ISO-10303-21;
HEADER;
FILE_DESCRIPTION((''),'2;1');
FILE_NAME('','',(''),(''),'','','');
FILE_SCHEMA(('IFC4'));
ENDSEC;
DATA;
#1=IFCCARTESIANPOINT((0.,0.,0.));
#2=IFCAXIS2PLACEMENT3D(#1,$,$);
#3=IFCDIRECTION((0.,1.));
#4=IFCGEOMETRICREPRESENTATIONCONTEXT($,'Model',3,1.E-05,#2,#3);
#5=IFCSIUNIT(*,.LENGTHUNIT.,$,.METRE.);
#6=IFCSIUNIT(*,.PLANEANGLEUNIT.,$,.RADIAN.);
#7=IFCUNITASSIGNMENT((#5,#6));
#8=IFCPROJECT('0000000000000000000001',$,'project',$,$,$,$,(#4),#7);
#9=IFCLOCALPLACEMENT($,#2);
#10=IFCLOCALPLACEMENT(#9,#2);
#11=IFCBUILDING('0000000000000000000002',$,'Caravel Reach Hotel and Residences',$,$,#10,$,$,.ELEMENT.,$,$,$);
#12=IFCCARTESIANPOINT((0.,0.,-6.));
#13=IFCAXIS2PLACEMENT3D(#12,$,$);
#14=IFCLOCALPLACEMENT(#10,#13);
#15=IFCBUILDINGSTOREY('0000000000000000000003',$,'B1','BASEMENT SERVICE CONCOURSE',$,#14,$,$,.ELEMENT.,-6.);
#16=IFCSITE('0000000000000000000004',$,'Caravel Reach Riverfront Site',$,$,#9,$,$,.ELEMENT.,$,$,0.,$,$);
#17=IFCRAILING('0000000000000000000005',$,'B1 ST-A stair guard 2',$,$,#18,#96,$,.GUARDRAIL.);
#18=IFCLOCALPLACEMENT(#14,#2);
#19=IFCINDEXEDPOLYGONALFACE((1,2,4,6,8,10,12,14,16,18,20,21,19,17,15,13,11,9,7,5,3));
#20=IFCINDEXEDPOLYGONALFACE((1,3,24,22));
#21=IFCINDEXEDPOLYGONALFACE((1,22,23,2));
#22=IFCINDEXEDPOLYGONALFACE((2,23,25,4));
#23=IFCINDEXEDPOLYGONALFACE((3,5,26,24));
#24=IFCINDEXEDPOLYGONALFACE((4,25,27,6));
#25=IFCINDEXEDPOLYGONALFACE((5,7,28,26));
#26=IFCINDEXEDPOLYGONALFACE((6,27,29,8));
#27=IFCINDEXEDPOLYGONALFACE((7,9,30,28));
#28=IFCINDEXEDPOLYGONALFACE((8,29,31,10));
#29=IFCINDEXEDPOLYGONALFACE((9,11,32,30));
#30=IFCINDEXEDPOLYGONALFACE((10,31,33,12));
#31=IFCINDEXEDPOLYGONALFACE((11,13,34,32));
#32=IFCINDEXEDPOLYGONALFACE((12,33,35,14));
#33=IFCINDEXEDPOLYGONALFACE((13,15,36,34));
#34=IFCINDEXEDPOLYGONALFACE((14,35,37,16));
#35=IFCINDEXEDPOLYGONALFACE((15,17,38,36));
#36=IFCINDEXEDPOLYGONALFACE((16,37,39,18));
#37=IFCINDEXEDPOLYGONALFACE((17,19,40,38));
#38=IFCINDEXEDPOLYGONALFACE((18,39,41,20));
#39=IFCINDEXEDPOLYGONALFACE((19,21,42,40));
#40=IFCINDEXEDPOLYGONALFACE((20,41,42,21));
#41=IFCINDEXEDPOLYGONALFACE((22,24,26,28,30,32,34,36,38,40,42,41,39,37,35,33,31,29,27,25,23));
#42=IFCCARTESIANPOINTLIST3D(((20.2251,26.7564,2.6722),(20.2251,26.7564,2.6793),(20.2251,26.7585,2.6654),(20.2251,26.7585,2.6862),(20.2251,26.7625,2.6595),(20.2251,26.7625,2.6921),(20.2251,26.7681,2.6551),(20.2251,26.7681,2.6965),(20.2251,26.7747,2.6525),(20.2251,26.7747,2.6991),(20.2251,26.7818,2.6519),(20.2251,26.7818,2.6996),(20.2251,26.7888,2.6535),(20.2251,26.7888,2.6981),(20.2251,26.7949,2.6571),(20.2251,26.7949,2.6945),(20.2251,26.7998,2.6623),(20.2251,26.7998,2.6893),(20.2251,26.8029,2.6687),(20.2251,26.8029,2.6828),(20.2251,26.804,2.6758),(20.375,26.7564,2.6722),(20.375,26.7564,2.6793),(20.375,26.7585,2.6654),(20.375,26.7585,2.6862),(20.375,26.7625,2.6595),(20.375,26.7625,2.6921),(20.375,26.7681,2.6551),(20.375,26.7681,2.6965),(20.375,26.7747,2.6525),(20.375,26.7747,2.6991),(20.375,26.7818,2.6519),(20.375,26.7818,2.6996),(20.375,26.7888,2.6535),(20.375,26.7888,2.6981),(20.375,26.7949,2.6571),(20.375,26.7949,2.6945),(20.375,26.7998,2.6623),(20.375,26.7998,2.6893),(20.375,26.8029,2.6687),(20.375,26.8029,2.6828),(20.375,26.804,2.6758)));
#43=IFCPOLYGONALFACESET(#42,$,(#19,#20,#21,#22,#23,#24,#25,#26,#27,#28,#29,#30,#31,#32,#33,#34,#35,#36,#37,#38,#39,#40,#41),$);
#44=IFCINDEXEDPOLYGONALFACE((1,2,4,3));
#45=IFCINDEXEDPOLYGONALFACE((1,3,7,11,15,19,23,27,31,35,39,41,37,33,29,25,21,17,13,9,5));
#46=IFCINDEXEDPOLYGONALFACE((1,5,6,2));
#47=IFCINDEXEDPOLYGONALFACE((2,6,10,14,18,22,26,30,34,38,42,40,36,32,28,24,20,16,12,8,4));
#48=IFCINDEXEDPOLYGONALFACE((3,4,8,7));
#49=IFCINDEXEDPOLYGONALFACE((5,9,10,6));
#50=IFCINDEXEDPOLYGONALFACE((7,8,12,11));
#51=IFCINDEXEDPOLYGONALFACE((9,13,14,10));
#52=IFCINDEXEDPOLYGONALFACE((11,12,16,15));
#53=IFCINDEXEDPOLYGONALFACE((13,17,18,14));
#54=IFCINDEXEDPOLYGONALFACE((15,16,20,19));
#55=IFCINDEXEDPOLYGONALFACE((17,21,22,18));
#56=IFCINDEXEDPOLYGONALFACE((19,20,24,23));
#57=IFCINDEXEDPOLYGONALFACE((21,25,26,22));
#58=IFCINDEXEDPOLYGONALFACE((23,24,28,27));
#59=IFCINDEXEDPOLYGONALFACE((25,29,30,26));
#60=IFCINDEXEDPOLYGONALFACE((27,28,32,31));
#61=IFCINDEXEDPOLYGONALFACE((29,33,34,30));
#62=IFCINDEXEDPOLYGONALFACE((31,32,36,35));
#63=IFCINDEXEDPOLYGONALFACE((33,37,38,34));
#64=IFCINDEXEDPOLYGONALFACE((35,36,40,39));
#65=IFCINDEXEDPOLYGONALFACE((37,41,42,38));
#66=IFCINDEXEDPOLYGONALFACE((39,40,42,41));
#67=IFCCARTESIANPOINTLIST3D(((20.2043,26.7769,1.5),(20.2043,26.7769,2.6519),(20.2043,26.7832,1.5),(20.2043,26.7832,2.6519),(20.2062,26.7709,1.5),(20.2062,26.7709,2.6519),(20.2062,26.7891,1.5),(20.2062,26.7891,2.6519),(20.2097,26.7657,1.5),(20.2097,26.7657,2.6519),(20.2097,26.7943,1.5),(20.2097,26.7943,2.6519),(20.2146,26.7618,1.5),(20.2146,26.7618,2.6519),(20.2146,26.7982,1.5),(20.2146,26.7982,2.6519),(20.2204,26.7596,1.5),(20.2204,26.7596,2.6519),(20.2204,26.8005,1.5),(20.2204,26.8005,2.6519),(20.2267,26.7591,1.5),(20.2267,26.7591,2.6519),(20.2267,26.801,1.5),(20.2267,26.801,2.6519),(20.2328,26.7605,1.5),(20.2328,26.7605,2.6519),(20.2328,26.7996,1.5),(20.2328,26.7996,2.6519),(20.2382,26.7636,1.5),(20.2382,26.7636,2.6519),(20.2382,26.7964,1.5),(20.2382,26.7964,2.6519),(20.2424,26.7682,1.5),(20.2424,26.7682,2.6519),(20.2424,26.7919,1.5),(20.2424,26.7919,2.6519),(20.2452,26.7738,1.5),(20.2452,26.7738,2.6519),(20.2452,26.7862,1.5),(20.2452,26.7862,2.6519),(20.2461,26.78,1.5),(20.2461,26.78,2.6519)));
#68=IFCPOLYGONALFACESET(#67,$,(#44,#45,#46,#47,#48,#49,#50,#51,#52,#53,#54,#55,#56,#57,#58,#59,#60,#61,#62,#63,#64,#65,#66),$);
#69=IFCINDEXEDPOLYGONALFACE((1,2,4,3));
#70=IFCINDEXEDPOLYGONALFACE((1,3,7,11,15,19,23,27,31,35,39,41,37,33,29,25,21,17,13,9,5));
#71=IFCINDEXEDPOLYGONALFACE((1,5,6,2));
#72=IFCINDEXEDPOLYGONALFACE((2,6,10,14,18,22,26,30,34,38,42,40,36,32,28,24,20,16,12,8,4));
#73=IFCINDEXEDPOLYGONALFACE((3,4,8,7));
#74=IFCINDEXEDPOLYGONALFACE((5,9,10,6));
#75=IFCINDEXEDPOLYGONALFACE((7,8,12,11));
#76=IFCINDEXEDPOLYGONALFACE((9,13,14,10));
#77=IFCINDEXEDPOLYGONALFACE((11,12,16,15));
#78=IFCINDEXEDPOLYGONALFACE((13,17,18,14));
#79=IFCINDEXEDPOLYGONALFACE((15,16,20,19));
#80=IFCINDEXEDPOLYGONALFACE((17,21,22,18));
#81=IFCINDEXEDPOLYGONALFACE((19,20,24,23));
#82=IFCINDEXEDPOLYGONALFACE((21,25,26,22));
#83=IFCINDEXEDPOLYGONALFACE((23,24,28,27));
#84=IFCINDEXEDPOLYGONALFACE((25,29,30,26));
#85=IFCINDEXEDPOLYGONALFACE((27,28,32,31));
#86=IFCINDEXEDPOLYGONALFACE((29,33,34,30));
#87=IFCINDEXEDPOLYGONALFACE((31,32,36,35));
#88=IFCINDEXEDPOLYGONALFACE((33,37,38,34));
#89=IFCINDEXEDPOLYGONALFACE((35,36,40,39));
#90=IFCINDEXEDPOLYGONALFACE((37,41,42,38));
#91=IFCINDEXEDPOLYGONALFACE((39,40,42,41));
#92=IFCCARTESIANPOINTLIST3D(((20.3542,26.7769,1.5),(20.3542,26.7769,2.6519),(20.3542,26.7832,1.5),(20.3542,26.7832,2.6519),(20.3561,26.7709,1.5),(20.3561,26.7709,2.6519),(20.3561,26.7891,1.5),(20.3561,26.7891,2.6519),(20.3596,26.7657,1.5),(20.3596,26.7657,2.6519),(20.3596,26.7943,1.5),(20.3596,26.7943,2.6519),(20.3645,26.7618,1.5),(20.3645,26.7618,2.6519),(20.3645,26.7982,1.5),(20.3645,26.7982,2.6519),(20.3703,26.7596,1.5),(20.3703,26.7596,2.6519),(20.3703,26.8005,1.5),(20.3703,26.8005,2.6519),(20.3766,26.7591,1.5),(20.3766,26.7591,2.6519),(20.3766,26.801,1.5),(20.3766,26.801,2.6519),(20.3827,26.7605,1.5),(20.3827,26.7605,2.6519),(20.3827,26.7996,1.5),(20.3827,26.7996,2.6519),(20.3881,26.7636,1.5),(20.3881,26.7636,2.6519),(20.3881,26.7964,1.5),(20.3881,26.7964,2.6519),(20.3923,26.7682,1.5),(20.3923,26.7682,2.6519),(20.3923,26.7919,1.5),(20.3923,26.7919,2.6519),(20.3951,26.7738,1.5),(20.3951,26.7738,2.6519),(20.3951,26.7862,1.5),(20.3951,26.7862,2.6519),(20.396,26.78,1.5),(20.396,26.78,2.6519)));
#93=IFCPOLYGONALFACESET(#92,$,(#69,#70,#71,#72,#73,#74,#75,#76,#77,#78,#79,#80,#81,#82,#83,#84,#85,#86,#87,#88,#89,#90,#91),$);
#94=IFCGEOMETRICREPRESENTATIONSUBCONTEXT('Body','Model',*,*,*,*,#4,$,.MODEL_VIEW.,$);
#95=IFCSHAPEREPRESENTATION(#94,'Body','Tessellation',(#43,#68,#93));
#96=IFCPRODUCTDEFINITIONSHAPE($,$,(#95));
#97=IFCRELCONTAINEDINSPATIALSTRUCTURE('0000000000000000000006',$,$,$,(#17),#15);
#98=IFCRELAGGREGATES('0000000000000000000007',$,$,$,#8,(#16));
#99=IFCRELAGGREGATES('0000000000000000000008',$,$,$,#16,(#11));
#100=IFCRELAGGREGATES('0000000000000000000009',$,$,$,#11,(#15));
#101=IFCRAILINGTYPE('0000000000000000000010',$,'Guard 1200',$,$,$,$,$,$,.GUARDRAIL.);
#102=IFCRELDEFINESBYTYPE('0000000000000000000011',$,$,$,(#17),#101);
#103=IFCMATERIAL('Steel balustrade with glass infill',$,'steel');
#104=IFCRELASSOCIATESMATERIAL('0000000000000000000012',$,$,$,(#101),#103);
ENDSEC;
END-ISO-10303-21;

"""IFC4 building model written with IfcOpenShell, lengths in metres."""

from ifc_helpers import new_model, si_unit, direction, frame, origin, origin_2d, place, context, subcontext, project, spatial, circle, extrude, material, type_object, element, save


model = new_model("IFC4")

# Units and contexts
model_context = context("Model", 3, precision=1e-05, world=origin(), true_north=direction((0.0, 1.0)))
body_context = subcontext(model_context, "Body", "Model", "MODEL_VIEW")
ifc_project = project(units=[si_unit("LENGTHUNIT", "METRE"), si_unit("PLANEANGLEUNIT", "RADIAN")], contexts=[model_context])

# Site, building, storey
site_placement = place(None, origin())
site = spatial("IfcSite", under=ifc_project, at=site_placement, Name="Caravel Reach Riverfront Site", CompositionType="ELEMENT", RefElevation=0.0)
building_placement = place(site_placement, origin())
building = spatial("IfcBuilding", under=site, at=building_placement, Name="Caravel Reach Hotel and Residences", CompositionType="ELEMENT")
storey_placement = place(building_placement, frame((0.0, 0.0, -6.0)))
storey = spatial("IfcBuildingStorey", under=building, at=storey_placement, Name="B1", Description="BASEMENT SERVICE CONCOURSE", CompositionType="ELEMENT", Elevation=-6.0)

# Railing
ifc_material_1 = material(Name="Steel balustrade with glass infill", Category="steel")
railing_type_1 = type_object("IfcRailingType", Name="Guard 1200", PredefinedType="GUARDRAIL", material=ifc_material_1)
railing_1_placement = place(storey_placement, frame((20.2251, 26.78, 1.5)))
element("IfcRailing", 1, at=railing_1_placement, inside=storey, type_object=railing_type_1, Name="B1 ST-A stair guard 2", PredefinedType="GUARDRAIL", context=body_context, shape_type="SweptSolid", body=[
    extrude(circle(Radius=0.0239, at=origin_2d()), frame((0.0, 0.0, 1.1758), z_axis=(1.0, 0.0, 0.0), x_axis=(0.0, 1.0, 0.0)), (0.0, 0.0, 1.0), 0.1499),
    extrude(circle(Radius=0.021, at=origin_2d()), origin(), (0.0, 0.0, 1.0), 1.1519),
    extrude(circle(Radius=0.021, at=origin_2d()), frame((0.1499, 0.0, 0.0)), (0.0, 0.0, 1.0), 1.1519),
])

save(model, "model.ifc")
